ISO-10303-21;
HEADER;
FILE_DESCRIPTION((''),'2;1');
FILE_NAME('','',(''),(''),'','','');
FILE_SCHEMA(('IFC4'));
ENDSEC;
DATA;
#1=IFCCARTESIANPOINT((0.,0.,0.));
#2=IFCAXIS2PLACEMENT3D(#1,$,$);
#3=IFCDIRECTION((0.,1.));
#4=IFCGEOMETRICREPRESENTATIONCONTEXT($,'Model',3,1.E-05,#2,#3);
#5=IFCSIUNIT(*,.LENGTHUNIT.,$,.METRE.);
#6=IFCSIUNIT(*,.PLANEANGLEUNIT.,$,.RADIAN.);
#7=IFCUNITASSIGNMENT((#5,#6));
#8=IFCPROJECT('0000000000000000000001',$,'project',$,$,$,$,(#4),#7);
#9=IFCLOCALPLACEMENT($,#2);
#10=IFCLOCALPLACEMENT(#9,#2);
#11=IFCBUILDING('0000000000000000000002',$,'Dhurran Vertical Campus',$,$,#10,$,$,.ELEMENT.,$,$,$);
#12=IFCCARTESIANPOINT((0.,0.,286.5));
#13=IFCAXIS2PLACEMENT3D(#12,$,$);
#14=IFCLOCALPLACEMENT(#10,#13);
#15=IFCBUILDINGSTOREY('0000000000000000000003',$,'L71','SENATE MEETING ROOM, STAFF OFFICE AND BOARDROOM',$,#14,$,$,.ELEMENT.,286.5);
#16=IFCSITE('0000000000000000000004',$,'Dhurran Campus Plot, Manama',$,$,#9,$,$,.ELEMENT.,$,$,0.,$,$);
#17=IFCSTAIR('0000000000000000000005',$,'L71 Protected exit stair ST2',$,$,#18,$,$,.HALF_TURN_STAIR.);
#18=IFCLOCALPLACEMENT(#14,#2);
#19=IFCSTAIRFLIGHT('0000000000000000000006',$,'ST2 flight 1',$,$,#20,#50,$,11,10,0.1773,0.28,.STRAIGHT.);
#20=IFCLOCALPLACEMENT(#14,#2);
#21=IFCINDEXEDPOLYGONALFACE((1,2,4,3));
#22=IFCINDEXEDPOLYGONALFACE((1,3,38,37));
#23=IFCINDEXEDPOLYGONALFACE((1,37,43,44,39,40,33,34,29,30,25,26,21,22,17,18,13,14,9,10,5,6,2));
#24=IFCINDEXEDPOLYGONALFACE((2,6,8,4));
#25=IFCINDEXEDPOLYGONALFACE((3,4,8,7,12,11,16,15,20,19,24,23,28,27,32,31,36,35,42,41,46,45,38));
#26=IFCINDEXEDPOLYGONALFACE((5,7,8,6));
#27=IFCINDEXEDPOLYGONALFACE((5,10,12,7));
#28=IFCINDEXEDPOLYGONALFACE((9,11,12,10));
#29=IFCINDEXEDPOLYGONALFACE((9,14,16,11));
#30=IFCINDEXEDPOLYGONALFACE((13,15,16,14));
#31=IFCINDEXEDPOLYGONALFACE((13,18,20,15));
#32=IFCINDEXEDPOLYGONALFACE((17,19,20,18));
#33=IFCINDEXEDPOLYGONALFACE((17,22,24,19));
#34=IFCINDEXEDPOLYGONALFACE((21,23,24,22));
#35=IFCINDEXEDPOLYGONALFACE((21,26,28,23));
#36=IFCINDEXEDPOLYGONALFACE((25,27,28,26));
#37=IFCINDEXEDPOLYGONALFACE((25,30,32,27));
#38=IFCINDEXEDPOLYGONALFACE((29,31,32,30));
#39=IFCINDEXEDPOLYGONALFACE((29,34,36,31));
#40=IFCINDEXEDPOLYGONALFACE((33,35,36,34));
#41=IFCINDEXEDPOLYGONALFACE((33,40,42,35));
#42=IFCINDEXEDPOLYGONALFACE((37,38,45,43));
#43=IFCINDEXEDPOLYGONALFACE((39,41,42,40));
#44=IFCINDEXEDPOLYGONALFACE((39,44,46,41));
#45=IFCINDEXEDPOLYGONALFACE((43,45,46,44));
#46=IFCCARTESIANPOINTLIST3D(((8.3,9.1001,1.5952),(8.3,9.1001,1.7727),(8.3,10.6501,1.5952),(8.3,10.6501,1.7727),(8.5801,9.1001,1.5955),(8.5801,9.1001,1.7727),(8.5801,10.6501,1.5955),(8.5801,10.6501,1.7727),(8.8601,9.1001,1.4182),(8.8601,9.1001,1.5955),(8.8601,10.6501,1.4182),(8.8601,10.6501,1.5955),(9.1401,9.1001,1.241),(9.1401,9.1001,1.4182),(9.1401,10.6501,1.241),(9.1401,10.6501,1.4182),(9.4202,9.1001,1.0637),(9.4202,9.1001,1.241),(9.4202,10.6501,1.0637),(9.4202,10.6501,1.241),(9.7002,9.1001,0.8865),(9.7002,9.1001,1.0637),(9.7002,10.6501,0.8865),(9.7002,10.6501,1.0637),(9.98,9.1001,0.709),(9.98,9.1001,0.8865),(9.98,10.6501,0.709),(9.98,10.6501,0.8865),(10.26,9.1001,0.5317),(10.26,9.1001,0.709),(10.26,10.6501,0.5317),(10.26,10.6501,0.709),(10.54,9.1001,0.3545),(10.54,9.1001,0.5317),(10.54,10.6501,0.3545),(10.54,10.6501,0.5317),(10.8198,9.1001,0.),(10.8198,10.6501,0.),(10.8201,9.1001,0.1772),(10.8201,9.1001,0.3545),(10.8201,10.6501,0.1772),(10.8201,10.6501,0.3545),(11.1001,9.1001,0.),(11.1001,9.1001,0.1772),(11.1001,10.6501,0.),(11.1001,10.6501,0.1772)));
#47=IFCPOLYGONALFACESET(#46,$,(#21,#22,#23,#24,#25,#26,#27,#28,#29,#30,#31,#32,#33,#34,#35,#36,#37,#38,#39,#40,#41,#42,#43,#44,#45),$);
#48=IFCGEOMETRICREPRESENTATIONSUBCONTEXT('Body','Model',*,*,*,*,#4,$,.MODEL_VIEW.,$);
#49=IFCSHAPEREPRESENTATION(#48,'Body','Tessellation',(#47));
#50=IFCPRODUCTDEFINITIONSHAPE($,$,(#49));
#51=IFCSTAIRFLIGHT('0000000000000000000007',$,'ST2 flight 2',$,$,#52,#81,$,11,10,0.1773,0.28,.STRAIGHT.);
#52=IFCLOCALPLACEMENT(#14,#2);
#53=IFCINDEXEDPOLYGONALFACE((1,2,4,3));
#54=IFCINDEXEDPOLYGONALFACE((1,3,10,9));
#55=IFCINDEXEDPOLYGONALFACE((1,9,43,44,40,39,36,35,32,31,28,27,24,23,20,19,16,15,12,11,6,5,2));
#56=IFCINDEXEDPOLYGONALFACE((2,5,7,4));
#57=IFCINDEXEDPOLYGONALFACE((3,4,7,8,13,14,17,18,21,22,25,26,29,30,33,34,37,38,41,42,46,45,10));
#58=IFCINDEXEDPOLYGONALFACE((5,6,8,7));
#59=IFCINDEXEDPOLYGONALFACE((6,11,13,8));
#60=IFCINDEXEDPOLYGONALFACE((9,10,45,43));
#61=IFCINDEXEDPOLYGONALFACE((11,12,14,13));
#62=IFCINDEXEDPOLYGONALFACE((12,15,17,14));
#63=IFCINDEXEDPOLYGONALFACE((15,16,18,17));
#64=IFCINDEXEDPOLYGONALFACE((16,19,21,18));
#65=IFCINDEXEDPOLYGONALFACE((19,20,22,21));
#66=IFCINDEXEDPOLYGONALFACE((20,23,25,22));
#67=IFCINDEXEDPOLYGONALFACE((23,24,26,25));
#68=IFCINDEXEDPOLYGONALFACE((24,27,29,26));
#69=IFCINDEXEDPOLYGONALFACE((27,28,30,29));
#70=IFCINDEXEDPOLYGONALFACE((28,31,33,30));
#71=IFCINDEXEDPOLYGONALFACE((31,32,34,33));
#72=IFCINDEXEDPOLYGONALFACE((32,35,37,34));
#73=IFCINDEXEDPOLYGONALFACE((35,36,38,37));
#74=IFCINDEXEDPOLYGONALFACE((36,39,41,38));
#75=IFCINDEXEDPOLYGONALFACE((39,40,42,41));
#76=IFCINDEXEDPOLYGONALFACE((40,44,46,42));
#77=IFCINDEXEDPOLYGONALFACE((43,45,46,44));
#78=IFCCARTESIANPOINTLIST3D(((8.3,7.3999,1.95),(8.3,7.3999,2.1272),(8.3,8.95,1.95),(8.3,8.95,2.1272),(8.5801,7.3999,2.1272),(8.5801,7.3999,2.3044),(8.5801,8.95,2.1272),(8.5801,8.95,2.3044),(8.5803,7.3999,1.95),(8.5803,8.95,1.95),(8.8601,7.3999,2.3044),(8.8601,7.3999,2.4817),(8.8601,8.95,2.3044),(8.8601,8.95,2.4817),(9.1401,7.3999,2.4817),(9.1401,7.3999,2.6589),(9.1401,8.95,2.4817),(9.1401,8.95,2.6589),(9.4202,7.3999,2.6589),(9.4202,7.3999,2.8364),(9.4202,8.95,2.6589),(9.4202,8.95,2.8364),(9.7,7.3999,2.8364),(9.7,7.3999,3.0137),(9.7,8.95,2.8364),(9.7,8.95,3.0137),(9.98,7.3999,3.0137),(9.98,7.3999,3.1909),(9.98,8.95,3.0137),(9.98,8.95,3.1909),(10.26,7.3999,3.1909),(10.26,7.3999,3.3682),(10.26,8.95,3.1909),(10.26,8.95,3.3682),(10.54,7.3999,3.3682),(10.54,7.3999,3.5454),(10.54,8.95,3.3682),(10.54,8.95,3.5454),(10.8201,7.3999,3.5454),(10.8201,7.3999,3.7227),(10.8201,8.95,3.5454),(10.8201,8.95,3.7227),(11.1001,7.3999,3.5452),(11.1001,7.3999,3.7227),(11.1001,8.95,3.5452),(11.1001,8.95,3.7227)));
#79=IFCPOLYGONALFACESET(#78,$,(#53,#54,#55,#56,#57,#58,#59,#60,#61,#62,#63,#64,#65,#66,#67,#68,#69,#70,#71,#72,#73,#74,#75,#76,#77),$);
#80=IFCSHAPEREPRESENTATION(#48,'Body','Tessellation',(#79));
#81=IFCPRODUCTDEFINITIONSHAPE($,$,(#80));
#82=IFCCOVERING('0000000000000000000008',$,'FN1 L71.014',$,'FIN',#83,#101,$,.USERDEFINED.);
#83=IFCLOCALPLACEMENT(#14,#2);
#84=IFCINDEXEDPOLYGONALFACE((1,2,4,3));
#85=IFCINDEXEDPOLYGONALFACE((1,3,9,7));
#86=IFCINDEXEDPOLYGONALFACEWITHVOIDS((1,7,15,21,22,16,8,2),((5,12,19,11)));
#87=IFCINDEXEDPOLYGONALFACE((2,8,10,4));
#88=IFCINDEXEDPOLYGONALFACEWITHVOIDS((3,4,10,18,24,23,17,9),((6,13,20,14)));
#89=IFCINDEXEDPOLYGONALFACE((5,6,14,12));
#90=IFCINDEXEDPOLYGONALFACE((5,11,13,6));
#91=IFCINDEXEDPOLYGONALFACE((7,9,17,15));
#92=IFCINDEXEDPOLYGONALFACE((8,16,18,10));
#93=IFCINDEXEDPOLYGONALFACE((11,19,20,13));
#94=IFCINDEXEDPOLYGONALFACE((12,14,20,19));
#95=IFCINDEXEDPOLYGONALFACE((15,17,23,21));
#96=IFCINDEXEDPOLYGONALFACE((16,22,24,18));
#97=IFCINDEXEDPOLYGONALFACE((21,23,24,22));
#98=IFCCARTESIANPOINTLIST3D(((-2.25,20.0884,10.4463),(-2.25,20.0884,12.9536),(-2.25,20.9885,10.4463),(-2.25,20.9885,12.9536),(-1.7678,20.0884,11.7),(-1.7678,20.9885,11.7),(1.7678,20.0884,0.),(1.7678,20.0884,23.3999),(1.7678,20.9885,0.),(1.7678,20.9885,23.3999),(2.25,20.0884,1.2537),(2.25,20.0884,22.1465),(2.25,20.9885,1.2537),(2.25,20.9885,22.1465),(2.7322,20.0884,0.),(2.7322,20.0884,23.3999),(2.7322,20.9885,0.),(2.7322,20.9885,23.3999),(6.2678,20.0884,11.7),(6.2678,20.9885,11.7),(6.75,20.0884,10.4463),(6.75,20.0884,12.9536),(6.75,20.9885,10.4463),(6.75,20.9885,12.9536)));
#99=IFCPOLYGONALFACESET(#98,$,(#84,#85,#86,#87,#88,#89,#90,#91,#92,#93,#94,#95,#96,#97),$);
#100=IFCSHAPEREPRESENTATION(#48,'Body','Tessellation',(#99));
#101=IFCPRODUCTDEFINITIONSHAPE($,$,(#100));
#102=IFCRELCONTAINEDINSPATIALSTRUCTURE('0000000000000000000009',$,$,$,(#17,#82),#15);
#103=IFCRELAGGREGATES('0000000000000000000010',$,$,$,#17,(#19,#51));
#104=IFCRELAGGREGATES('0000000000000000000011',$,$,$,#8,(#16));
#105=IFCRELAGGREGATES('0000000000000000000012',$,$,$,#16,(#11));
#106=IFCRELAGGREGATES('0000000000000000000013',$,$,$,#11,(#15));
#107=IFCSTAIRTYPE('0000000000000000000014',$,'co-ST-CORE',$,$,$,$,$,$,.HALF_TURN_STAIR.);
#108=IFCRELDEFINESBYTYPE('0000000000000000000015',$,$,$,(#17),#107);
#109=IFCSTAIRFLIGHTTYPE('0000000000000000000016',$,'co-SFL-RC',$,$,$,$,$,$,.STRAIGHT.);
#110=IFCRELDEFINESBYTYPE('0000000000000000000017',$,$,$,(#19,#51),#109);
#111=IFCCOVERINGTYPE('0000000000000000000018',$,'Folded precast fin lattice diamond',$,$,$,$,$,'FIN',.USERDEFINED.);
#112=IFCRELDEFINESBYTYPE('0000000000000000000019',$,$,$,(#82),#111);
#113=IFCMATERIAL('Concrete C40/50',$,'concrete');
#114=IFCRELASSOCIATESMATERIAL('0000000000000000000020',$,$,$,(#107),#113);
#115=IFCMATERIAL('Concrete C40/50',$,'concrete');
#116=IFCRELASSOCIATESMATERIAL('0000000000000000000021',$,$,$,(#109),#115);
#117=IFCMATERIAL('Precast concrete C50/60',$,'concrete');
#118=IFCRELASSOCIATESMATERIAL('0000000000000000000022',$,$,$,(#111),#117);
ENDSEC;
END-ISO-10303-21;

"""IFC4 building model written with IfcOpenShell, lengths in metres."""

from ifc_helpers import new_model, si_unit, direction, frame, origin, place, context, subcontext, project, spatial, polyline, outline, extrude, material, type_object, element, aggregate, save


model = new_model("IFC4")

# Units and contexts
model_context = context("Model", 3, precision=1e-05, world=origin(), true_north=direction((0.0, 1.0)))
body_context = subcontext(model_context, "Body", "Model", "MODEL_VIEW")
ifc_project = project(units=[si_unit("LENGTHUNIT", "METRE"), si_unit("PLANEANGLEUNIT", "RADIAN")], contexts=[model_context])

# Site, building, storey
site_placement = place(None, origin())
site = spatial("IfcSite", under=ifc_project, at=site_placement, Name="Dhurran Campus Plot, Manama", CompositionType="ELEMENT", RefElevation=0.0)
building_placement = place(site_placement, origin())
building = spatial("IfcBuilding", under=site, at=building_placement, Name="Dhurran Vertical Campus", CompositionType="ELEMENT")
storey_placement = place(building_placement, frame((0.0, 0.0, 286.5)))
storey = spatial("IfcBuildingStorey", under=building, at=storey_placement, Name="L71", Description="SENATE MEETING ROOM, STAFF OFFICE AND BOARDROOM", CompositionType="ELEMENT", Elevation=286.5)

# Stair, stair flights
ifc_material_1 = material(Name="Concrete C40/50", Category="concrete")
stair_type = type_object("IfcStairType", Name="co-ST-CORE", PredefinedType="HALF_TURN_STAIR", material=ifc_material_1)
stair_placement = place(storey_placement, origin())
stair = element("IfcStair", 1, at=stair_placement, inside=storey, type_object=stair_type, Name="L71 Protected exit stair ST2", PredefinedType="HALF_TURN_STAIR")
ifc_material_2 = material(Name="Concrete C40/50", Category="concrete")
stair_flight_type = type_object("IfcStairFlightType", Name="co-SFL-RC", PredefinedType="STRAIGHT", material=ifc_material_2)
stair_flight_1_placement = place(storey_placement, frame((11.1001, 9.875, 0.0), z_axis=(0.0, 0.0, 1.0), x_axis=(-1.0, 0.0, 0.0)))
stair_flight_1 = element("IfcStairFlight", 2, at=stair_flight_1_placement, type_object=stair_flight_type, Name="ST2 flight 1", NumberOfRisers=11, NumberOfTreads=10, PredefinedType="STRAIGHT", RiserHeight=0.1773, TreadLength=0.28, context=body_context, shape_type="SweptSolid", body=[
    extrude(outline(polyline([(0.0, 0.0), (0.0, 0.1772), (0.28, 0.1772), (0.28, 0.3545), (0.5601, 0.3545), (0.5601, 0.5317), (0.8401, 0.5317), (0.8401, 0.709), (1.1201, 0.709), (1.1201, 0.8865), (1.3999, 0.8865), (1.3999, 1.0637), (1.6799, 1.0637), (1.6799, 1.241), (1.96, 1.241), (1.96, 1.4182), (2.24, 1.4182), (2.24, 1.5955), (2.52, 1.5955), (2.52, 1.7727), (2.8, 1.7727), (2.8, 1.95), (2.8, 1.5952), (0.2803, 0.0), (0.0, 0.0)])), frame((0.0, 0.7749, 0.0), z_axis=(0.0, -1.0, 0.0), x_axis=(1.0, 0.0, 0.0)), (0.0, 0.0, 1.0), 1.55),
])
stair_flight_2_placement = place(storey_placement, frame((8.3, 8.175, 1.95), z_axis=(0.0, 0.0, 1.0), x_axis=(1.0, 0.0, 0.0)))
stair_flight_2 = element("IfcStairFlight", 3, at=stair_flight_2_placement, type_object=stair_flight_type, Name="ST2 flight 2", NumberOfRisers=11, NumberOfTreads=10, PredefinedType="STRAIGHT", RiserHeight=0.1773, TreadLength=0.28, context=body_context, shape_type="SweptSolid", body=[
    extrude(outline(polyline([(0.0, 0.0), (0.0, 0.1772), (0.28, 0.1772), (0.28, 0.3545), (0.5601, 0.3545), (0.5601, 0.5317), (0.8401, 0.5317), (0.8401, 0.709), (1.1201, 0.709), (1.1201, 0.8865), (1.3999, 0.8865), (1.3999, 1.0637), (1.6799, 1.0637), (1.6799, 1.241), (1.96, 1.241), (1.96, 1.4182), (2.24, 1.4182), (2.24, 1.5955), (2.52, 1.5955), (2.52, 1.7727), (2.8, 1.7727), (2.8, 1.95), (2.8, 1.5952), (0.2803, 0.0), (0.0, 0.0)])), frame((0.0, 0.7749, 0.0), z_axis=(0.0, -1.0, 0.0), x_axis=(1.0, 0.0, 0.0)), (0.0, 0.0, 1.0), 1.55),
])
aggregate(stair, [stair_flight_1, stair_flight_2])

# Covering
ifc_material_3 = material(Name="Precast concrete C50/60", Category="concrete")
covering_type = type_object("IfcCoveringType", Name="Folded precast fin lattice diamond", ElementType="FIN", PredefinedType="USERDEFINED", material=ifc_material_3)
covering_placement = place(storey_placement, frame((6.75, 20.0884, 0.0), z_axis=(0.0, 1.0, 0.0), x_axis=(-1.0, 0.0, 0.0)))
element("IfcCovering", 4, at=covering_placement, inside=storey, type_object=covering_type, Name="FN1 L71.014", ObjectType="FIN", PredefinedType="USERDEFINED", context=body_context, shape_type="SweptSolid", body=[
    extrude(outline(polyline([(9.0, 12.9536), (9.0, 10.4463), (4.9822, 0.0), (4.0178, 0.0), (0.0, 10.4463), (0.0, 12.9536), (4.0178, 23.3999), (4.9822, 23.3999), (9.0, 12.9536)]), holes=[polyline([(8.5178, 11.7), (4.5, 22.1465), (0.4822, 11.7), (4.5, 1.2537), (8.5178, 11.7)])]), origin(), (0.0, 0.0, 1.0), 0.9001),
])

save(model, "model.ifc")
